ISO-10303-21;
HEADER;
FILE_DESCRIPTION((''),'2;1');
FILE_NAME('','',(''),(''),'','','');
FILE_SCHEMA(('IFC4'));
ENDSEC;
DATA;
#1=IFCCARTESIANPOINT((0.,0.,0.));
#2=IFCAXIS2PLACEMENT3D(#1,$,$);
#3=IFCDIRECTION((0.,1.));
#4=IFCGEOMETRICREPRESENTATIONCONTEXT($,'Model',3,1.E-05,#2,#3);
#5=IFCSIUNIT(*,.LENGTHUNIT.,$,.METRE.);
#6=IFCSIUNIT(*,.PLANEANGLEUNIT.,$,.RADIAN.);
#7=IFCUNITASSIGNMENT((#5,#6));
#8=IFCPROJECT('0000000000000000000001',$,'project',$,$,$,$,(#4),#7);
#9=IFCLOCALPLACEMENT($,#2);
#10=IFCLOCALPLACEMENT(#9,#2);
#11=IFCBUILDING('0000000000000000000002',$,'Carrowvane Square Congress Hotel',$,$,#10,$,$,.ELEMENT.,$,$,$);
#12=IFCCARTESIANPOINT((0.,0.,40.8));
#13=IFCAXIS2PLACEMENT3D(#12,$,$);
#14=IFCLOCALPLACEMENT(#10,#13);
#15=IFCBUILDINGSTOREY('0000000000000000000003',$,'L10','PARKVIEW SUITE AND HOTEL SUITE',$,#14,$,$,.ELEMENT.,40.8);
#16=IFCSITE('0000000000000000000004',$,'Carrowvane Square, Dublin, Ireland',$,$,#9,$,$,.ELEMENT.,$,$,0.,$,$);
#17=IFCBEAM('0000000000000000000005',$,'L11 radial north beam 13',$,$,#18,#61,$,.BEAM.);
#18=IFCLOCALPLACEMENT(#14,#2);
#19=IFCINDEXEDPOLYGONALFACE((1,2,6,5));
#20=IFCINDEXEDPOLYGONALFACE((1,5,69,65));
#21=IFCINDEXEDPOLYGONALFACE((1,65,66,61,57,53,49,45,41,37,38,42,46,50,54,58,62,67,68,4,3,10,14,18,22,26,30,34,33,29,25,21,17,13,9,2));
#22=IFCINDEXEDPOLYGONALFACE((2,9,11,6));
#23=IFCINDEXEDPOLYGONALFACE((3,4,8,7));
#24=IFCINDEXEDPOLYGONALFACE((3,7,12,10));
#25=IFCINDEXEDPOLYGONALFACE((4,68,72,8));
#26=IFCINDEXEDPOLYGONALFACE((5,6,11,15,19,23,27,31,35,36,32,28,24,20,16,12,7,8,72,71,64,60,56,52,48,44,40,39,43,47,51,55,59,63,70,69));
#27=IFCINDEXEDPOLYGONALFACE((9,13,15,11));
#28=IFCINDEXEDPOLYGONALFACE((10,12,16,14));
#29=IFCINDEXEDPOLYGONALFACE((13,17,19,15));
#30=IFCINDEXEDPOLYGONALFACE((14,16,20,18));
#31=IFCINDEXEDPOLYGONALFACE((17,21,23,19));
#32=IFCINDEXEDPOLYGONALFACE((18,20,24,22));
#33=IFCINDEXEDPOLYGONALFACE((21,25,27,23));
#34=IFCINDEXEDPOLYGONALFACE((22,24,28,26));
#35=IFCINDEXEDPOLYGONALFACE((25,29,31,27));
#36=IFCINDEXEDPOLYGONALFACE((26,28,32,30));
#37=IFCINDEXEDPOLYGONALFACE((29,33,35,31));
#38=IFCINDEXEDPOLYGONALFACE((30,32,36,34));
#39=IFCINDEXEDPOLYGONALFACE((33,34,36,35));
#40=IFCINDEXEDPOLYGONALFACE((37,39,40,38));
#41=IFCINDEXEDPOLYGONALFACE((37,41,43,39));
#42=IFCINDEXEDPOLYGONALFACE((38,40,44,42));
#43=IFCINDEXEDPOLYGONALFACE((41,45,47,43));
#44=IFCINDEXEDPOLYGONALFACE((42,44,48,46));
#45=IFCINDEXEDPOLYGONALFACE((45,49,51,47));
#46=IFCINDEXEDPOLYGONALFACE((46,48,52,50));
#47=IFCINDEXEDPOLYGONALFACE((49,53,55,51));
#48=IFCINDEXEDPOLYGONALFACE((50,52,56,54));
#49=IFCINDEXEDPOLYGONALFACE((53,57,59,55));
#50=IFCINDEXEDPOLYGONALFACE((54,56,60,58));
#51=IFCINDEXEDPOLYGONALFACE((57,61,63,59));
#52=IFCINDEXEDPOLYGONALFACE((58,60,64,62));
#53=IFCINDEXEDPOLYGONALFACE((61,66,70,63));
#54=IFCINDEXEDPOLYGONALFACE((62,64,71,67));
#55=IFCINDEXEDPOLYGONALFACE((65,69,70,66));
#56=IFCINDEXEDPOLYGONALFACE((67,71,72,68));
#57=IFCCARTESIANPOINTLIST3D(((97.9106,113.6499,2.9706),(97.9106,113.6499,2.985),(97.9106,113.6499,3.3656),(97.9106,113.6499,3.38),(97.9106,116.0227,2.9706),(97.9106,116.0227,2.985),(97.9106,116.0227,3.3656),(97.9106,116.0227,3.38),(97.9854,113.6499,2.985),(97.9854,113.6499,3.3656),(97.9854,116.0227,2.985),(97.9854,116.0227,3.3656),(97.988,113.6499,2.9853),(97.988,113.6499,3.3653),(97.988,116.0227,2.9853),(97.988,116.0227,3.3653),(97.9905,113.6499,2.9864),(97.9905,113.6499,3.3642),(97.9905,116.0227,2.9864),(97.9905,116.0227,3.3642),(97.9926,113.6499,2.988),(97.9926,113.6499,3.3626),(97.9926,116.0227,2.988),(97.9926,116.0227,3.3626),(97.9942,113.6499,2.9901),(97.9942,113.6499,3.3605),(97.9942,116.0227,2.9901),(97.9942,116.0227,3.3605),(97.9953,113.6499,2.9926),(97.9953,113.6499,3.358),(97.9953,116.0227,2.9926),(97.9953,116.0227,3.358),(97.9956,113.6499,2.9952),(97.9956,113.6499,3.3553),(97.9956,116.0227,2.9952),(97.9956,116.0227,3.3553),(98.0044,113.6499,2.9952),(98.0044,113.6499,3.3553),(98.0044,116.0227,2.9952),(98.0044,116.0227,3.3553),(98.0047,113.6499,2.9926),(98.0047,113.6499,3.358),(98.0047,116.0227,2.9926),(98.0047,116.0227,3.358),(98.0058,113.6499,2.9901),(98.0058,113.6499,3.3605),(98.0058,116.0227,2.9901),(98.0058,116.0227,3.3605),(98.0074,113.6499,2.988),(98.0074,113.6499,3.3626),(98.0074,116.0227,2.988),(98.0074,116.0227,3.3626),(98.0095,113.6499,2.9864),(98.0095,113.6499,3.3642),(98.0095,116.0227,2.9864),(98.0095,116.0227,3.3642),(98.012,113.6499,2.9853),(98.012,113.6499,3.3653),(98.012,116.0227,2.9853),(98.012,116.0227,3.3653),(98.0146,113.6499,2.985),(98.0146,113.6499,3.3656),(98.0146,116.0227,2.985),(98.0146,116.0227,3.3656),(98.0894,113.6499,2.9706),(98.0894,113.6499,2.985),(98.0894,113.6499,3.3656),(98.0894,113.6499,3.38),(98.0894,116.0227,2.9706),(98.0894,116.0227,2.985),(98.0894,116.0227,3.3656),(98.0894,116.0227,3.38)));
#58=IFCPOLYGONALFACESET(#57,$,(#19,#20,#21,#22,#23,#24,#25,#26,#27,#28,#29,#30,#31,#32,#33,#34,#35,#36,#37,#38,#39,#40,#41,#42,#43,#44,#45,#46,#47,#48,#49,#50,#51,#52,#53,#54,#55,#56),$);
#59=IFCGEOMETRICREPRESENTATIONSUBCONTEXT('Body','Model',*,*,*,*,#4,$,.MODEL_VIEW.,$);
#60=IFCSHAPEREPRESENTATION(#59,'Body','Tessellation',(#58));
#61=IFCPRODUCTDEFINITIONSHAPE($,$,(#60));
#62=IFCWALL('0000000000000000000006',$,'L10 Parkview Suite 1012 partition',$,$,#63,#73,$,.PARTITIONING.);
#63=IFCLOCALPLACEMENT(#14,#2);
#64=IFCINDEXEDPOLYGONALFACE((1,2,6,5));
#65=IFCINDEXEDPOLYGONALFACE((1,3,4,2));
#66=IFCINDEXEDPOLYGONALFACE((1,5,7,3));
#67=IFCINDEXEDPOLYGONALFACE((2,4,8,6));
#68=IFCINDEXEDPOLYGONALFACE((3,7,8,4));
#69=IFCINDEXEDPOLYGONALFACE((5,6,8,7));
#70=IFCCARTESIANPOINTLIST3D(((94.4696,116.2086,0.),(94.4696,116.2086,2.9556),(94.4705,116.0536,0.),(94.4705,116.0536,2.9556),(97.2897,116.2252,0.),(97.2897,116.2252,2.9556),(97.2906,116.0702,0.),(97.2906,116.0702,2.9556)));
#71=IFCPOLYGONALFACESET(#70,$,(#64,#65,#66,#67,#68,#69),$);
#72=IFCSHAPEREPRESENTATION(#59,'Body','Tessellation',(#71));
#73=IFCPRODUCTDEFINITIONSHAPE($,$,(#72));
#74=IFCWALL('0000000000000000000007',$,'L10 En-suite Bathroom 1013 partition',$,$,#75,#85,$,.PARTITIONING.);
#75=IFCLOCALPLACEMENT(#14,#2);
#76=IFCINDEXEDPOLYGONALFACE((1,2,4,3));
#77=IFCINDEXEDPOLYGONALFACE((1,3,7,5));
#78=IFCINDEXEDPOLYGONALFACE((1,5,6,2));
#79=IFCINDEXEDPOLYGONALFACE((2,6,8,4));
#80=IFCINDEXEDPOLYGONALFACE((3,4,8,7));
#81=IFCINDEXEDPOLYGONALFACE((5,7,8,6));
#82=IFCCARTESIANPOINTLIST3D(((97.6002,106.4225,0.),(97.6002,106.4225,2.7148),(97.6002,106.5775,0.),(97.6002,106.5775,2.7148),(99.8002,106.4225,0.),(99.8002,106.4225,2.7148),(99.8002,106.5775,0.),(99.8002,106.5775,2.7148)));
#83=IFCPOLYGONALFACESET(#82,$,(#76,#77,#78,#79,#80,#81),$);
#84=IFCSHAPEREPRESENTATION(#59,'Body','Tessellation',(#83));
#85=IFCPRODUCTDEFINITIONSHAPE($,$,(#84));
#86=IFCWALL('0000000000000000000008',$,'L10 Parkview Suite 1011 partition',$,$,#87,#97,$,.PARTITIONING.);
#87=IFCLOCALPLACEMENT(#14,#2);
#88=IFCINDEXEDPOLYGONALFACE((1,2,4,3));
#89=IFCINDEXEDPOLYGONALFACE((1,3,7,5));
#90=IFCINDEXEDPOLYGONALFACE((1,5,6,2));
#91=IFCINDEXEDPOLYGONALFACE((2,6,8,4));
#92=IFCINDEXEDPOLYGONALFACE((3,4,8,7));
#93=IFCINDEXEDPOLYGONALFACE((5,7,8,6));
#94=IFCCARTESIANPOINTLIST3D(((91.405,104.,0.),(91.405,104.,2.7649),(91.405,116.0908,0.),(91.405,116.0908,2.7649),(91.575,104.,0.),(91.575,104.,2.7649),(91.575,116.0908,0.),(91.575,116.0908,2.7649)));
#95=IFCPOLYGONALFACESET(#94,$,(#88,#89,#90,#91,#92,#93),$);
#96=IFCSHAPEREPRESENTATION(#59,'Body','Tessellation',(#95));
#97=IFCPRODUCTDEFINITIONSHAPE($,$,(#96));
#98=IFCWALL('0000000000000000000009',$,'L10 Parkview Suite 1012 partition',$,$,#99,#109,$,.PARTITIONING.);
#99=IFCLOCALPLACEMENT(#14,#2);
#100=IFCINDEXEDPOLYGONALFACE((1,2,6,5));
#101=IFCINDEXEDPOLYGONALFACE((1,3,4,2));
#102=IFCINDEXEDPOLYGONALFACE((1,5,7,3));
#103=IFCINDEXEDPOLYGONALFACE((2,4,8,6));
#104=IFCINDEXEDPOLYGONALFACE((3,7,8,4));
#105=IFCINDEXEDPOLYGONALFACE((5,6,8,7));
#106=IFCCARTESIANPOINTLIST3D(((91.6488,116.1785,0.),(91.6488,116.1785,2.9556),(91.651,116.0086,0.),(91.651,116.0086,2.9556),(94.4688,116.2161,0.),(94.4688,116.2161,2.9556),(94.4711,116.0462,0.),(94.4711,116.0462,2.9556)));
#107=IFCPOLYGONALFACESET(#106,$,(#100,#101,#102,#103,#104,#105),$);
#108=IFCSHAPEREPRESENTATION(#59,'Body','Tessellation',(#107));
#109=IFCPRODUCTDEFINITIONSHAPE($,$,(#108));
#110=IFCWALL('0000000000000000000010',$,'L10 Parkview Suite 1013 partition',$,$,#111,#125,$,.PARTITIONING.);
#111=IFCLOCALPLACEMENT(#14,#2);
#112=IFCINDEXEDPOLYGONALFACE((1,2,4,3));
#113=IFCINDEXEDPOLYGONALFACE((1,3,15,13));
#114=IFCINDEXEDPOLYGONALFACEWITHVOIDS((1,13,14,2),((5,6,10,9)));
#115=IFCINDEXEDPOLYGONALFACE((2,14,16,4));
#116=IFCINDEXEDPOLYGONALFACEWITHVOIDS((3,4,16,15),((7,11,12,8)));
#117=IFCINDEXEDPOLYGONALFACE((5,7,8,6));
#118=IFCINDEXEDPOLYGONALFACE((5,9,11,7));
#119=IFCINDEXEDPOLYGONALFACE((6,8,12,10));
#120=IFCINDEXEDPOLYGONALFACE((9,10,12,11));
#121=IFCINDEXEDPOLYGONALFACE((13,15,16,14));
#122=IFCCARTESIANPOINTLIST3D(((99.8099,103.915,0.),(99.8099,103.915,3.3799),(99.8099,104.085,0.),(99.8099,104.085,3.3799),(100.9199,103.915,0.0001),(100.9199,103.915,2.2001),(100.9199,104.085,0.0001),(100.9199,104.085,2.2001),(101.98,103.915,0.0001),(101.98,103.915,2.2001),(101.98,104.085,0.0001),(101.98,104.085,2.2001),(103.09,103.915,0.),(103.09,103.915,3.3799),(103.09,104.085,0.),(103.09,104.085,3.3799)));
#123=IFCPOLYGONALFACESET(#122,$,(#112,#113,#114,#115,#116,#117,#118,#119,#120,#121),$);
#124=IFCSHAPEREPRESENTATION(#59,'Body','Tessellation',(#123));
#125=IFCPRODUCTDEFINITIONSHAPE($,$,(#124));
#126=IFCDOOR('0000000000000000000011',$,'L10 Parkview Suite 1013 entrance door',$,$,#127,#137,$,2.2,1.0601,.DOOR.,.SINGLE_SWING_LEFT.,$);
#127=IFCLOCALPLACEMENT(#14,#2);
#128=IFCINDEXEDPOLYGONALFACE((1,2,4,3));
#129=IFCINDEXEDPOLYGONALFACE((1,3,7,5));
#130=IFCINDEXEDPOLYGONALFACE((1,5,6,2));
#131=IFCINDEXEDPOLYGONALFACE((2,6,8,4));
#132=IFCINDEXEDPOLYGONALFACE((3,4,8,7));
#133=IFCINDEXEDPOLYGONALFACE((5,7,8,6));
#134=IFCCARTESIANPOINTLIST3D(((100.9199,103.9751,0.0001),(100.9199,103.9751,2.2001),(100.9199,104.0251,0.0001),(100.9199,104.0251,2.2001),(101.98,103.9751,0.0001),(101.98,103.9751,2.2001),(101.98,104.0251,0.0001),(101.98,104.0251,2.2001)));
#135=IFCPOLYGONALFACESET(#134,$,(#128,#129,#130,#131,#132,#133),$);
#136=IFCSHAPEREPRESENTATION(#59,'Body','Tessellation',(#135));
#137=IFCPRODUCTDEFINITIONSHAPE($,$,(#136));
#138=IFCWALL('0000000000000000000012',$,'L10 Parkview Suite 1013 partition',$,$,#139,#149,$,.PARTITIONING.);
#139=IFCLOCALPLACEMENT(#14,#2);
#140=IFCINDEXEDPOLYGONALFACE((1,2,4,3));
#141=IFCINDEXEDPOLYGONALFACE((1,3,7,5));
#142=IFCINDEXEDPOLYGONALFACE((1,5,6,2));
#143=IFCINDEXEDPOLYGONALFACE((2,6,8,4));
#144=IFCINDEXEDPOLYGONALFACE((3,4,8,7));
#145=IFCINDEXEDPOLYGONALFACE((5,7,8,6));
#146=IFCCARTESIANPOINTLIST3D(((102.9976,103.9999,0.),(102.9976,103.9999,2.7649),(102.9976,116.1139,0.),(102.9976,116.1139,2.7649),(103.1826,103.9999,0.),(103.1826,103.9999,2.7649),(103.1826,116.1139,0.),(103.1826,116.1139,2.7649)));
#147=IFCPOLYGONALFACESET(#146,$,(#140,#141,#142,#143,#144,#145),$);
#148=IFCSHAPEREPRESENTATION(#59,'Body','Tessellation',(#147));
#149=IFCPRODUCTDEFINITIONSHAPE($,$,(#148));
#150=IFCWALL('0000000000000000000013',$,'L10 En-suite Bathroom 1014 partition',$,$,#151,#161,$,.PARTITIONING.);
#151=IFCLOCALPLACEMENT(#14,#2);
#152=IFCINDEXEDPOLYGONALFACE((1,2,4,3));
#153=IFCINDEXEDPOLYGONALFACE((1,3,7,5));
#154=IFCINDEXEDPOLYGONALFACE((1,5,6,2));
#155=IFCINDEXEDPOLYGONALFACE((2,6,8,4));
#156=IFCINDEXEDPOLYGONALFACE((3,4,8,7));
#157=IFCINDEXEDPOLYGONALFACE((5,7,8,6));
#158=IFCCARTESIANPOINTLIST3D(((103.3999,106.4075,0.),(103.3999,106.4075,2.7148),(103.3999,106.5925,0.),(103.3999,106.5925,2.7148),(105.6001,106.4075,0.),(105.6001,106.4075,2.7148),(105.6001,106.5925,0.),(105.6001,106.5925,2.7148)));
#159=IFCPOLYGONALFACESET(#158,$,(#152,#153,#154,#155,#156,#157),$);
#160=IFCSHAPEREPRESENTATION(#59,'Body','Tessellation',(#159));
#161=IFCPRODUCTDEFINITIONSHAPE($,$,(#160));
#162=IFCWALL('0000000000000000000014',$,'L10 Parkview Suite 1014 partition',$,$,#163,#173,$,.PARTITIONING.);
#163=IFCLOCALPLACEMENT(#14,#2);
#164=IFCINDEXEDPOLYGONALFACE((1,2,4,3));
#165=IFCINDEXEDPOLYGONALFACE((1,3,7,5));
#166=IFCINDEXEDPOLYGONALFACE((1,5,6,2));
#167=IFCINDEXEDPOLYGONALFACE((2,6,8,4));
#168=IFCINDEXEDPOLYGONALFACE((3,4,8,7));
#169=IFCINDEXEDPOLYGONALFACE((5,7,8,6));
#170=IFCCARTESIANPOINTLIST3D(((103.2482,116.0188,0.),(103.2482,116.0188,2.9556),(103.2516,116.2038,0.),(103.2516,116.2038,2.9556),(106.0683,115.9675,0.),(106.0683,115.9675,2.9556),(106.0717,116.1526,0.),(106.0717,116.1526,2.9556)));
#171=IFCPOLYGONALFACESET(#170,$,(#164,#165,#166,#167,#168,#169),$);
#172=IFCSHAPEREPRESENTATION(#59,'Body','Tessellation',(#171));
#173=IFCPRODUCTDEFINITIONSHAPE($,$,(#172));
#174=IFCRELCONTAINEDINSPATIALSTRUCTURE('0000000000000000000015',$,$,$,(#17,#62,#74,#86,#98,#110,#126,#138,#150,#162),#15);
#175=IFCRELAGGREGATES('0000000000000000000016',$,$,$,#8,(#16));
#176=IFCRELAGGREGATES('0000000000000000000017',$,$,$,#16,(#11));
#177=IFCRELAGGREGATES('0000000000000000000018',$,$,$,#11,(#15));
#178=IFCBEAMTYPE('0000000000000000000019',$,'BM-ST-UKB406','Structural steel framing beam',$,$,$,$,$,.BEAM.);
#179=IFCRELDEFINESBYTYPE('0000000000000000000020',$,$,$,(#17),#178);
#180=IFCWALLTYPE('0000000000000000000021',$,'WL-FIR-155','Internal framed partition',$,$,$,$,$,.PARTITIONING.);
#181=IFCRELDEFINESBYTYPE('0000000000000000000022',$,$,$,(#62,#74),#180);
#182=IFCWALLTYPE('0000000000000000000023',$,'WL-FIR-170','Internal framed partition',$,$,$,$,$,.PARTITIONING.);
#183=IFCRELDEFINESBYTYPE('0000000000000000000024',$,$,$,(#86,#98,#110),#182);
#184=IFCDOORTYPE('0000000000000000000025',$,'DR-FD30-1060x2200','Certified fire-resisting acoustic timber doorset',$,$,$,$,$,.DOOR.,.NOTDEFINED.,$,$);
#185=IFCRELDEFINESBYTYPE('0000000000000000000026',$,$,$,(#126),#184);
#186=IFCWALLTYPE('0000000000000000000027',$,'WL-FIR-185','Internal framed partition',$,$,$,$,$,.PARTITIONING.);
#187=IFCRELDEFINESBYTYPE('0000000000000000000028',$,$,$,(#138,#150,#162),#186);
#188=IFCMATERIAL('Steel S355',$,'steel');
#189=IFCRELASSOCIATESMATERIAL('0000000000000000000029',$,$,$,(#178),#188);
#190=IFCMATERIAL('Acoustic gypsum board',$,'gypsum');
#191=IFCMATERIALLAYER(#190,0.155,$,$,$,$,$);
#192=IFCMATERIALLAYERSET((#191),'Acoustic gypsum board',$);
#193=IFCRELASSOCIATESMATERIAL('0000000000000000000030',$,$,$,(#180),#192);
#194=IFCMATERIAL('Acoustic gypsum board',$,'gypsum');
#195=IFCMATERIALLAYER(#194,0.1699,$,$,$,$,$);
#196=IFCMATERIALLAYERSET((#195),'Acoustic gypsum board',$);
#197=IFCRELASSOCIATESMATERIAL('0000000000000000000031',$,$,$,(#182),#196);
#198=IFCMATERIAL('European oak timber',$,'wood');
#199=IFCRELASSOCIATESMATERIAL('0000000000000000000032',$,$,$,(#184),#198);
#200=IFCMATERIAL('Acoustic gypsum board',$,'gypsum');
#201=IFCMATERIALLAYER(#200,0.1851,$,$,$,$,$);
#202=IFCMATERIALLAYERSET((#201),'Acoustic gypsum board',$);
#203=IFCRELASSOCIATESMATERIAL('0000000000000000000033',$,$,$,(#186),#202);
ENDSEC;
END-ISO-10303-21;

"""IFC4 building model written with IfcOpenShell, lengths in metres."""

from ifc_helpers import new_model, si_unit, direction, frame, frame_2d, origin, origin_2d, place, context, subcontext, project, spatial, rectangle, i_section, extrude, material, layer, layer_set, material_profile, profile_set, type_object, element, fill, save


model = new_model("IFC4")

# Units and contexts
model_context = context("Model", 3, precision=1e-05, world=origin(), true_north=direction((0.0, 1.0)))
body_context = subcontext(model_context, "Body", "Model", "MODEL_VIEW")
ifc_project = project(units=[si_unit("LENGTHUNIT", "METRE"), si_unit("PLANEANGLEUNIT", "RADIAN")], contexts=[model_context])

# Site, building, storey
site_placement = place(None, origin())
site = spatial("IfcSite", under=ifc_project, at=site_placement, Name="Carrowvane Square, Dublin, Ireland", CompositionType="ELEMENT", RefElevation=0.0)
building_placement = place(site_placement, origin())
building = spatial("IfcBuilding", under=site, at=building_placement, Name="Carrowvane Square Congress Hotel", CompositionType="ELEMENT")
storey_placement = place(building_placement, frame((0.0, 0.0, 40.8)))
storey = spatial("IfcBuildingStorey", under=building, at=storey_placement, Name="L10", Description="PARKVIEW SUITE AND HOTEL SUITE", CompositionType="ELEMENT", Elevation=40.8)

# Beam
ifc_material_1 = material(Name="Steel S355", Category="steel")
ifc_material_profile_1 = material_profile(ifc_material_1, i_section(OverallWidth=0.1787, OverallDepth=0.4094, WebThickness=0.0088, FlangeThickness=0.0144, FilletRadius=0.0103, at=origin_2d()), Name="UKB 406x178x67")
ifc_profile_set_1 = profile_set([ifc_material_profile_1], Name="Steel S355")
beam_type_1 = type_object("IfcBeamType", Name="BM-ST-UKB406", Description="Structural steel framing beam", PredefinedType="BEAM", material=ifc_profile_set_1)
beam_1_placement = place(storey_placement, frame((98.0, 113.6499, 3.1753), z_axis=(0.0, 1.0, 0.0), x_axis=(-1.0, 0.0, 0.0)))
element("IfcBeam", 1, at=beam_1_placement, inside=storey, type_object=beam_type_1, Name="L11 radial north beam 13", PredefinedType="BEAM", context=body_context, shape_type="SweptSolid", body=[
    extrude(i_section(OverallWidth=0.1787, OverallDepth=0.4094, WebThickness=0.0088, FlangeThickness=0.0144, FilletRadius=0.0103, at=origin_2d()), origin(), (0.0, 0.0, 1.0), 2.3728),
])

# Walls
ifc_material_2 = material(Name="Acoustic gypsum board", Category="gypsum")
ifc_layer_1 = layer(ifc_material_2, 0.155)
ifc_layer_set_1 = layer_set([ifc_layer_1], Name="Acoustic gypsum board")
wall_type_1 = type_object("IfcWallType", Name="WL-FIR-155", Description="Internal framed partition", PredefinedType="PARTITIONING", material=ifc_layer_set_1)
wall_1_placement = place(storey_placement, frame((94.47, 116.1311, 0.0), z_axis=(0.0, 0.0, 1.0), x_axis=(0.999983, 0.005887, 0.0)))
element("IfcWall", 2, at=wall_1_placement, inside=storey, type_object=wall_type_1, Name="L10 Parkview Suite 1012 partition", PredefinedType="PARTITIONING", context=body_context, shape_type="SweptSolid", body=[
    extrude(rectangle(XDim=2.8201, YDim=0.155, at=frame_2d((1.4102, 0.0))), origin(), (0.0, 0.0, 1.0), 2.9556),
])
wall_2_placement = place(storey_placement, frame((97.6001, 106.5, 0.0), z_axis=(0.0, 0.0, 1.0), x_axis=(1.0, 0.0, 0.0)))
element("IfcWall", 3, at=wall_2_placement, inside=storey, type_object=wall_type_1, Name="L10 En-suite Bathroom 1013 partition", PredefinedType="PARTITIONING", context=body_context, shape_type="SweptSolid", body=[
    extrude(rectangle(XDim=2.2, YDim=0.155, at=frame_2d((1.1001, 0.0))), origin(), (0.0, 0.0, 1.0), 2.7148),
])
ifc_material_3 = material(Name="Acoustic gypsum board", Category="gypsum")
ifc_layer_2 = layer(ifc_material_3, 0.1699)
ifc_layer_set_2 = layer_set([ifc_layer_2], Name="Acoustic gypsum board")
wall_type_2 = type_object("IfcWallType", Name="WL-FIR-170", Description="Internal framed partition", PredefinedType="PARTITIONING", material=ifc_layer_set_2)
wall_3_placement = place(storey_placement, frame((91.49, 116.0908, 0.0), z_axis=(0.0, 0.0, 1.0), x_axis=(0.0, -1.0, 0.0)))
element("IfcWall", 4, at=wall_3_placement, inside=storey, type_object=wall_type_2, Name="L10 Parkview Suite 1011 partition", PredefinedType="PARTITIONING", context=body_context, shape_type="SweptSolid", body=[
    extrude(rectangle(XDim=12.0908, YDim=0.1699, at=frame_2d((6.0454, 0.0))), origin(), (0.0, 0.0, 1.0), 2.7649),
])
wall_4_placement = place(storey_placement, frame((91.6499, 116.0935, 0.0), z_axis=(0.0, 0.0, 1.0), x_axis=(0.999911, 0.013331, 0.0)))
element("IfcWall", 5, at=wall_4_placement, inside=storey, type_object=wall_type_2, Name="L10 Parkview Suite 1012 partition", PredefinedType="PARTITIONING", context=body_context, shape_type="SweptSolid", body=[
    extrude(rectangle(XDim=2.8203, YDim=0.1699, at=frame_2d((1.4102, 0.0))), origin(), (0.0, 0.0, 1.0), 2.9556),
])

# Wall, opening, door
wall_5_placement = place(storey_placement, frame((103.0901, 104.0, 0.0), z_axis=(0.0, 0.0, 1.0), x_axis=(-1.0, 0.0, 0.0)))
wall_5 = element("IfcWall", 6, at=wall_5_placement, inside=storey, type_object=wall_type_2, Name="L10 Parkview Suite 1013 partition", PredefinedType="PARTITIONING", context=body_context, shape_type="SweptSolid", body=[
    extrude(rectangle(XDim=3.28, YDim=0.1699, at=frame_2d((1.6401, 0.0))), origin(), (0.0, 0.0, 1.0), 3.3799),
])
opening_1_placement = place(wall_5_placement, frame((1.1101, 0.0, 0.0)))
opening_1 = element("IfcOpeningElement", 7, at=opening_1_placement, cuts=wall_5, PredefinedType="OPENING", context=body_context, shape_type="SweptSolid", body=[
    extrude(rectangle(XDim=1.0601, YDim=2.2, at=frame_2d((0.53, 1.1001))), frame((0.0, 0.095, 0.0), z_axis=(0.0, -1.0, 0.0), x_axis=(1.0, 0.0, 0.0)), (0.0, 0.0, 1.0), 0.1899),
])
ifc_material_4 = material(Name="European oak timber", Category="wood")
door_type_1 = type_object("IfcDoorType", Name="DR-FD30-1060x2200", Description="Certified fire-resisting acoustic timber doorset", OperationType="NOTDEFINED", PredefinedType="DOOR", material=ifc_material_4)
door_1_placement = place(opening_1_placement, origin())
door_1 = element("IfcDoor", 8, at=door_1_placement, inside=storey, type_object=door_type_1, Name="L10 Parkview Suite 1013 entrance door", OperationType="SINGLE_SWING_LEFT", OverallHeight=2.2, OverallWidth=1.0601, PredefinedType="DOOR", context=body_context, shape_type="SweptSolid", body=[
    extrude(rectangle(XDim=1.0601, YDim=2.2, at=frame_2d((0.53, 1.1001))), frame((0.0, 0.0249, 0.0), z_axis=(0.0, -1.0, 0.0), x_axis=(1.0, 0.0, 0.0)), (0.0, 0.0, 1.0), 0.05),
])
fill(opening_1, door_1)

# Walls
ifc_material_5 = material(Name="Acoustic gypsum board", Category="gypsum")
ifc_layer_3 = layer(ifc_material_5, 0.1851)
ifc_layer_set_3 = layer_set([ifc_layer_3], Name="Acoustic gypsum board")
wall_type_3 = type_object("IfcWallType", Name="WL-FIR-185", Description="Internal framed partition", PredefinedType="PARTITIONING", material=ifc_layer_set_3)
wall_6_placement = place(storey_placement, frame((103.0901, 116.114, 0.0), z_axis=(0.0, 0.0, 1.0), x_axis=(0.0, -1.0, 0.0)))
element("IfcWall", 9, at=wall_6_placement, inside=storey, type_object=wall_type_3, Name="L10 Parkview Suite 1013 partition", PredefinedType="PARTITIONING", context=body_context, shape_type="SweptSolid", body=[
    extrude(rectangle(XDim=12.114, YDim=0.1851, at=frame_2d((6.0571, 0.0))), origin(), (0.0, 0.0, 1.0), 2.7649),
])
wall_7_placement = place(storey_placement, frame((103.3999, 106.5, 0.0), z_axis=(0.0, 0.0, 1.0), x_axis=(1.0, 0.0, 0.0)))
element("IfcWall", 10, at=wall_7_placement, inside=storey, type_object=wall_type_3, Name="L10 En-suite Bathroom 1014 partition", PredefinedType="PARTITIONING", context=body_context, shape_type="SweptSolid", body=[
    extrude(rectangle(XDim=2.2002, YDim=0.1851, at=frame_2d((1.1001, 0.0))), origin(), (0.0, 0.0, 1.0), 2.7148),
])
wall_8_placement = place(storey_placement, frame((103.25, 116.1113, 0.0), z_axis=(0.0, 0.0, 1.0), x_axis=(0.999835, -0.018177, 0.0)))
element("IfcWall", 11, at=wall_8_placement, inside=storey, type_object=wall_type_3, Name="L10 Parkview Suite 1014 partition", PredefinedType="PARTITIONING", context=body_context, shape_type="SweptSolid", body=[
    extrude(rectangle(XDim=2.8206, YDim=0.1851, at=frame_2d((1.4102, 0.0))), origin(), (0.0, 0.0, 1.0), 2.9556),
])

save(model, "model.ifc")
